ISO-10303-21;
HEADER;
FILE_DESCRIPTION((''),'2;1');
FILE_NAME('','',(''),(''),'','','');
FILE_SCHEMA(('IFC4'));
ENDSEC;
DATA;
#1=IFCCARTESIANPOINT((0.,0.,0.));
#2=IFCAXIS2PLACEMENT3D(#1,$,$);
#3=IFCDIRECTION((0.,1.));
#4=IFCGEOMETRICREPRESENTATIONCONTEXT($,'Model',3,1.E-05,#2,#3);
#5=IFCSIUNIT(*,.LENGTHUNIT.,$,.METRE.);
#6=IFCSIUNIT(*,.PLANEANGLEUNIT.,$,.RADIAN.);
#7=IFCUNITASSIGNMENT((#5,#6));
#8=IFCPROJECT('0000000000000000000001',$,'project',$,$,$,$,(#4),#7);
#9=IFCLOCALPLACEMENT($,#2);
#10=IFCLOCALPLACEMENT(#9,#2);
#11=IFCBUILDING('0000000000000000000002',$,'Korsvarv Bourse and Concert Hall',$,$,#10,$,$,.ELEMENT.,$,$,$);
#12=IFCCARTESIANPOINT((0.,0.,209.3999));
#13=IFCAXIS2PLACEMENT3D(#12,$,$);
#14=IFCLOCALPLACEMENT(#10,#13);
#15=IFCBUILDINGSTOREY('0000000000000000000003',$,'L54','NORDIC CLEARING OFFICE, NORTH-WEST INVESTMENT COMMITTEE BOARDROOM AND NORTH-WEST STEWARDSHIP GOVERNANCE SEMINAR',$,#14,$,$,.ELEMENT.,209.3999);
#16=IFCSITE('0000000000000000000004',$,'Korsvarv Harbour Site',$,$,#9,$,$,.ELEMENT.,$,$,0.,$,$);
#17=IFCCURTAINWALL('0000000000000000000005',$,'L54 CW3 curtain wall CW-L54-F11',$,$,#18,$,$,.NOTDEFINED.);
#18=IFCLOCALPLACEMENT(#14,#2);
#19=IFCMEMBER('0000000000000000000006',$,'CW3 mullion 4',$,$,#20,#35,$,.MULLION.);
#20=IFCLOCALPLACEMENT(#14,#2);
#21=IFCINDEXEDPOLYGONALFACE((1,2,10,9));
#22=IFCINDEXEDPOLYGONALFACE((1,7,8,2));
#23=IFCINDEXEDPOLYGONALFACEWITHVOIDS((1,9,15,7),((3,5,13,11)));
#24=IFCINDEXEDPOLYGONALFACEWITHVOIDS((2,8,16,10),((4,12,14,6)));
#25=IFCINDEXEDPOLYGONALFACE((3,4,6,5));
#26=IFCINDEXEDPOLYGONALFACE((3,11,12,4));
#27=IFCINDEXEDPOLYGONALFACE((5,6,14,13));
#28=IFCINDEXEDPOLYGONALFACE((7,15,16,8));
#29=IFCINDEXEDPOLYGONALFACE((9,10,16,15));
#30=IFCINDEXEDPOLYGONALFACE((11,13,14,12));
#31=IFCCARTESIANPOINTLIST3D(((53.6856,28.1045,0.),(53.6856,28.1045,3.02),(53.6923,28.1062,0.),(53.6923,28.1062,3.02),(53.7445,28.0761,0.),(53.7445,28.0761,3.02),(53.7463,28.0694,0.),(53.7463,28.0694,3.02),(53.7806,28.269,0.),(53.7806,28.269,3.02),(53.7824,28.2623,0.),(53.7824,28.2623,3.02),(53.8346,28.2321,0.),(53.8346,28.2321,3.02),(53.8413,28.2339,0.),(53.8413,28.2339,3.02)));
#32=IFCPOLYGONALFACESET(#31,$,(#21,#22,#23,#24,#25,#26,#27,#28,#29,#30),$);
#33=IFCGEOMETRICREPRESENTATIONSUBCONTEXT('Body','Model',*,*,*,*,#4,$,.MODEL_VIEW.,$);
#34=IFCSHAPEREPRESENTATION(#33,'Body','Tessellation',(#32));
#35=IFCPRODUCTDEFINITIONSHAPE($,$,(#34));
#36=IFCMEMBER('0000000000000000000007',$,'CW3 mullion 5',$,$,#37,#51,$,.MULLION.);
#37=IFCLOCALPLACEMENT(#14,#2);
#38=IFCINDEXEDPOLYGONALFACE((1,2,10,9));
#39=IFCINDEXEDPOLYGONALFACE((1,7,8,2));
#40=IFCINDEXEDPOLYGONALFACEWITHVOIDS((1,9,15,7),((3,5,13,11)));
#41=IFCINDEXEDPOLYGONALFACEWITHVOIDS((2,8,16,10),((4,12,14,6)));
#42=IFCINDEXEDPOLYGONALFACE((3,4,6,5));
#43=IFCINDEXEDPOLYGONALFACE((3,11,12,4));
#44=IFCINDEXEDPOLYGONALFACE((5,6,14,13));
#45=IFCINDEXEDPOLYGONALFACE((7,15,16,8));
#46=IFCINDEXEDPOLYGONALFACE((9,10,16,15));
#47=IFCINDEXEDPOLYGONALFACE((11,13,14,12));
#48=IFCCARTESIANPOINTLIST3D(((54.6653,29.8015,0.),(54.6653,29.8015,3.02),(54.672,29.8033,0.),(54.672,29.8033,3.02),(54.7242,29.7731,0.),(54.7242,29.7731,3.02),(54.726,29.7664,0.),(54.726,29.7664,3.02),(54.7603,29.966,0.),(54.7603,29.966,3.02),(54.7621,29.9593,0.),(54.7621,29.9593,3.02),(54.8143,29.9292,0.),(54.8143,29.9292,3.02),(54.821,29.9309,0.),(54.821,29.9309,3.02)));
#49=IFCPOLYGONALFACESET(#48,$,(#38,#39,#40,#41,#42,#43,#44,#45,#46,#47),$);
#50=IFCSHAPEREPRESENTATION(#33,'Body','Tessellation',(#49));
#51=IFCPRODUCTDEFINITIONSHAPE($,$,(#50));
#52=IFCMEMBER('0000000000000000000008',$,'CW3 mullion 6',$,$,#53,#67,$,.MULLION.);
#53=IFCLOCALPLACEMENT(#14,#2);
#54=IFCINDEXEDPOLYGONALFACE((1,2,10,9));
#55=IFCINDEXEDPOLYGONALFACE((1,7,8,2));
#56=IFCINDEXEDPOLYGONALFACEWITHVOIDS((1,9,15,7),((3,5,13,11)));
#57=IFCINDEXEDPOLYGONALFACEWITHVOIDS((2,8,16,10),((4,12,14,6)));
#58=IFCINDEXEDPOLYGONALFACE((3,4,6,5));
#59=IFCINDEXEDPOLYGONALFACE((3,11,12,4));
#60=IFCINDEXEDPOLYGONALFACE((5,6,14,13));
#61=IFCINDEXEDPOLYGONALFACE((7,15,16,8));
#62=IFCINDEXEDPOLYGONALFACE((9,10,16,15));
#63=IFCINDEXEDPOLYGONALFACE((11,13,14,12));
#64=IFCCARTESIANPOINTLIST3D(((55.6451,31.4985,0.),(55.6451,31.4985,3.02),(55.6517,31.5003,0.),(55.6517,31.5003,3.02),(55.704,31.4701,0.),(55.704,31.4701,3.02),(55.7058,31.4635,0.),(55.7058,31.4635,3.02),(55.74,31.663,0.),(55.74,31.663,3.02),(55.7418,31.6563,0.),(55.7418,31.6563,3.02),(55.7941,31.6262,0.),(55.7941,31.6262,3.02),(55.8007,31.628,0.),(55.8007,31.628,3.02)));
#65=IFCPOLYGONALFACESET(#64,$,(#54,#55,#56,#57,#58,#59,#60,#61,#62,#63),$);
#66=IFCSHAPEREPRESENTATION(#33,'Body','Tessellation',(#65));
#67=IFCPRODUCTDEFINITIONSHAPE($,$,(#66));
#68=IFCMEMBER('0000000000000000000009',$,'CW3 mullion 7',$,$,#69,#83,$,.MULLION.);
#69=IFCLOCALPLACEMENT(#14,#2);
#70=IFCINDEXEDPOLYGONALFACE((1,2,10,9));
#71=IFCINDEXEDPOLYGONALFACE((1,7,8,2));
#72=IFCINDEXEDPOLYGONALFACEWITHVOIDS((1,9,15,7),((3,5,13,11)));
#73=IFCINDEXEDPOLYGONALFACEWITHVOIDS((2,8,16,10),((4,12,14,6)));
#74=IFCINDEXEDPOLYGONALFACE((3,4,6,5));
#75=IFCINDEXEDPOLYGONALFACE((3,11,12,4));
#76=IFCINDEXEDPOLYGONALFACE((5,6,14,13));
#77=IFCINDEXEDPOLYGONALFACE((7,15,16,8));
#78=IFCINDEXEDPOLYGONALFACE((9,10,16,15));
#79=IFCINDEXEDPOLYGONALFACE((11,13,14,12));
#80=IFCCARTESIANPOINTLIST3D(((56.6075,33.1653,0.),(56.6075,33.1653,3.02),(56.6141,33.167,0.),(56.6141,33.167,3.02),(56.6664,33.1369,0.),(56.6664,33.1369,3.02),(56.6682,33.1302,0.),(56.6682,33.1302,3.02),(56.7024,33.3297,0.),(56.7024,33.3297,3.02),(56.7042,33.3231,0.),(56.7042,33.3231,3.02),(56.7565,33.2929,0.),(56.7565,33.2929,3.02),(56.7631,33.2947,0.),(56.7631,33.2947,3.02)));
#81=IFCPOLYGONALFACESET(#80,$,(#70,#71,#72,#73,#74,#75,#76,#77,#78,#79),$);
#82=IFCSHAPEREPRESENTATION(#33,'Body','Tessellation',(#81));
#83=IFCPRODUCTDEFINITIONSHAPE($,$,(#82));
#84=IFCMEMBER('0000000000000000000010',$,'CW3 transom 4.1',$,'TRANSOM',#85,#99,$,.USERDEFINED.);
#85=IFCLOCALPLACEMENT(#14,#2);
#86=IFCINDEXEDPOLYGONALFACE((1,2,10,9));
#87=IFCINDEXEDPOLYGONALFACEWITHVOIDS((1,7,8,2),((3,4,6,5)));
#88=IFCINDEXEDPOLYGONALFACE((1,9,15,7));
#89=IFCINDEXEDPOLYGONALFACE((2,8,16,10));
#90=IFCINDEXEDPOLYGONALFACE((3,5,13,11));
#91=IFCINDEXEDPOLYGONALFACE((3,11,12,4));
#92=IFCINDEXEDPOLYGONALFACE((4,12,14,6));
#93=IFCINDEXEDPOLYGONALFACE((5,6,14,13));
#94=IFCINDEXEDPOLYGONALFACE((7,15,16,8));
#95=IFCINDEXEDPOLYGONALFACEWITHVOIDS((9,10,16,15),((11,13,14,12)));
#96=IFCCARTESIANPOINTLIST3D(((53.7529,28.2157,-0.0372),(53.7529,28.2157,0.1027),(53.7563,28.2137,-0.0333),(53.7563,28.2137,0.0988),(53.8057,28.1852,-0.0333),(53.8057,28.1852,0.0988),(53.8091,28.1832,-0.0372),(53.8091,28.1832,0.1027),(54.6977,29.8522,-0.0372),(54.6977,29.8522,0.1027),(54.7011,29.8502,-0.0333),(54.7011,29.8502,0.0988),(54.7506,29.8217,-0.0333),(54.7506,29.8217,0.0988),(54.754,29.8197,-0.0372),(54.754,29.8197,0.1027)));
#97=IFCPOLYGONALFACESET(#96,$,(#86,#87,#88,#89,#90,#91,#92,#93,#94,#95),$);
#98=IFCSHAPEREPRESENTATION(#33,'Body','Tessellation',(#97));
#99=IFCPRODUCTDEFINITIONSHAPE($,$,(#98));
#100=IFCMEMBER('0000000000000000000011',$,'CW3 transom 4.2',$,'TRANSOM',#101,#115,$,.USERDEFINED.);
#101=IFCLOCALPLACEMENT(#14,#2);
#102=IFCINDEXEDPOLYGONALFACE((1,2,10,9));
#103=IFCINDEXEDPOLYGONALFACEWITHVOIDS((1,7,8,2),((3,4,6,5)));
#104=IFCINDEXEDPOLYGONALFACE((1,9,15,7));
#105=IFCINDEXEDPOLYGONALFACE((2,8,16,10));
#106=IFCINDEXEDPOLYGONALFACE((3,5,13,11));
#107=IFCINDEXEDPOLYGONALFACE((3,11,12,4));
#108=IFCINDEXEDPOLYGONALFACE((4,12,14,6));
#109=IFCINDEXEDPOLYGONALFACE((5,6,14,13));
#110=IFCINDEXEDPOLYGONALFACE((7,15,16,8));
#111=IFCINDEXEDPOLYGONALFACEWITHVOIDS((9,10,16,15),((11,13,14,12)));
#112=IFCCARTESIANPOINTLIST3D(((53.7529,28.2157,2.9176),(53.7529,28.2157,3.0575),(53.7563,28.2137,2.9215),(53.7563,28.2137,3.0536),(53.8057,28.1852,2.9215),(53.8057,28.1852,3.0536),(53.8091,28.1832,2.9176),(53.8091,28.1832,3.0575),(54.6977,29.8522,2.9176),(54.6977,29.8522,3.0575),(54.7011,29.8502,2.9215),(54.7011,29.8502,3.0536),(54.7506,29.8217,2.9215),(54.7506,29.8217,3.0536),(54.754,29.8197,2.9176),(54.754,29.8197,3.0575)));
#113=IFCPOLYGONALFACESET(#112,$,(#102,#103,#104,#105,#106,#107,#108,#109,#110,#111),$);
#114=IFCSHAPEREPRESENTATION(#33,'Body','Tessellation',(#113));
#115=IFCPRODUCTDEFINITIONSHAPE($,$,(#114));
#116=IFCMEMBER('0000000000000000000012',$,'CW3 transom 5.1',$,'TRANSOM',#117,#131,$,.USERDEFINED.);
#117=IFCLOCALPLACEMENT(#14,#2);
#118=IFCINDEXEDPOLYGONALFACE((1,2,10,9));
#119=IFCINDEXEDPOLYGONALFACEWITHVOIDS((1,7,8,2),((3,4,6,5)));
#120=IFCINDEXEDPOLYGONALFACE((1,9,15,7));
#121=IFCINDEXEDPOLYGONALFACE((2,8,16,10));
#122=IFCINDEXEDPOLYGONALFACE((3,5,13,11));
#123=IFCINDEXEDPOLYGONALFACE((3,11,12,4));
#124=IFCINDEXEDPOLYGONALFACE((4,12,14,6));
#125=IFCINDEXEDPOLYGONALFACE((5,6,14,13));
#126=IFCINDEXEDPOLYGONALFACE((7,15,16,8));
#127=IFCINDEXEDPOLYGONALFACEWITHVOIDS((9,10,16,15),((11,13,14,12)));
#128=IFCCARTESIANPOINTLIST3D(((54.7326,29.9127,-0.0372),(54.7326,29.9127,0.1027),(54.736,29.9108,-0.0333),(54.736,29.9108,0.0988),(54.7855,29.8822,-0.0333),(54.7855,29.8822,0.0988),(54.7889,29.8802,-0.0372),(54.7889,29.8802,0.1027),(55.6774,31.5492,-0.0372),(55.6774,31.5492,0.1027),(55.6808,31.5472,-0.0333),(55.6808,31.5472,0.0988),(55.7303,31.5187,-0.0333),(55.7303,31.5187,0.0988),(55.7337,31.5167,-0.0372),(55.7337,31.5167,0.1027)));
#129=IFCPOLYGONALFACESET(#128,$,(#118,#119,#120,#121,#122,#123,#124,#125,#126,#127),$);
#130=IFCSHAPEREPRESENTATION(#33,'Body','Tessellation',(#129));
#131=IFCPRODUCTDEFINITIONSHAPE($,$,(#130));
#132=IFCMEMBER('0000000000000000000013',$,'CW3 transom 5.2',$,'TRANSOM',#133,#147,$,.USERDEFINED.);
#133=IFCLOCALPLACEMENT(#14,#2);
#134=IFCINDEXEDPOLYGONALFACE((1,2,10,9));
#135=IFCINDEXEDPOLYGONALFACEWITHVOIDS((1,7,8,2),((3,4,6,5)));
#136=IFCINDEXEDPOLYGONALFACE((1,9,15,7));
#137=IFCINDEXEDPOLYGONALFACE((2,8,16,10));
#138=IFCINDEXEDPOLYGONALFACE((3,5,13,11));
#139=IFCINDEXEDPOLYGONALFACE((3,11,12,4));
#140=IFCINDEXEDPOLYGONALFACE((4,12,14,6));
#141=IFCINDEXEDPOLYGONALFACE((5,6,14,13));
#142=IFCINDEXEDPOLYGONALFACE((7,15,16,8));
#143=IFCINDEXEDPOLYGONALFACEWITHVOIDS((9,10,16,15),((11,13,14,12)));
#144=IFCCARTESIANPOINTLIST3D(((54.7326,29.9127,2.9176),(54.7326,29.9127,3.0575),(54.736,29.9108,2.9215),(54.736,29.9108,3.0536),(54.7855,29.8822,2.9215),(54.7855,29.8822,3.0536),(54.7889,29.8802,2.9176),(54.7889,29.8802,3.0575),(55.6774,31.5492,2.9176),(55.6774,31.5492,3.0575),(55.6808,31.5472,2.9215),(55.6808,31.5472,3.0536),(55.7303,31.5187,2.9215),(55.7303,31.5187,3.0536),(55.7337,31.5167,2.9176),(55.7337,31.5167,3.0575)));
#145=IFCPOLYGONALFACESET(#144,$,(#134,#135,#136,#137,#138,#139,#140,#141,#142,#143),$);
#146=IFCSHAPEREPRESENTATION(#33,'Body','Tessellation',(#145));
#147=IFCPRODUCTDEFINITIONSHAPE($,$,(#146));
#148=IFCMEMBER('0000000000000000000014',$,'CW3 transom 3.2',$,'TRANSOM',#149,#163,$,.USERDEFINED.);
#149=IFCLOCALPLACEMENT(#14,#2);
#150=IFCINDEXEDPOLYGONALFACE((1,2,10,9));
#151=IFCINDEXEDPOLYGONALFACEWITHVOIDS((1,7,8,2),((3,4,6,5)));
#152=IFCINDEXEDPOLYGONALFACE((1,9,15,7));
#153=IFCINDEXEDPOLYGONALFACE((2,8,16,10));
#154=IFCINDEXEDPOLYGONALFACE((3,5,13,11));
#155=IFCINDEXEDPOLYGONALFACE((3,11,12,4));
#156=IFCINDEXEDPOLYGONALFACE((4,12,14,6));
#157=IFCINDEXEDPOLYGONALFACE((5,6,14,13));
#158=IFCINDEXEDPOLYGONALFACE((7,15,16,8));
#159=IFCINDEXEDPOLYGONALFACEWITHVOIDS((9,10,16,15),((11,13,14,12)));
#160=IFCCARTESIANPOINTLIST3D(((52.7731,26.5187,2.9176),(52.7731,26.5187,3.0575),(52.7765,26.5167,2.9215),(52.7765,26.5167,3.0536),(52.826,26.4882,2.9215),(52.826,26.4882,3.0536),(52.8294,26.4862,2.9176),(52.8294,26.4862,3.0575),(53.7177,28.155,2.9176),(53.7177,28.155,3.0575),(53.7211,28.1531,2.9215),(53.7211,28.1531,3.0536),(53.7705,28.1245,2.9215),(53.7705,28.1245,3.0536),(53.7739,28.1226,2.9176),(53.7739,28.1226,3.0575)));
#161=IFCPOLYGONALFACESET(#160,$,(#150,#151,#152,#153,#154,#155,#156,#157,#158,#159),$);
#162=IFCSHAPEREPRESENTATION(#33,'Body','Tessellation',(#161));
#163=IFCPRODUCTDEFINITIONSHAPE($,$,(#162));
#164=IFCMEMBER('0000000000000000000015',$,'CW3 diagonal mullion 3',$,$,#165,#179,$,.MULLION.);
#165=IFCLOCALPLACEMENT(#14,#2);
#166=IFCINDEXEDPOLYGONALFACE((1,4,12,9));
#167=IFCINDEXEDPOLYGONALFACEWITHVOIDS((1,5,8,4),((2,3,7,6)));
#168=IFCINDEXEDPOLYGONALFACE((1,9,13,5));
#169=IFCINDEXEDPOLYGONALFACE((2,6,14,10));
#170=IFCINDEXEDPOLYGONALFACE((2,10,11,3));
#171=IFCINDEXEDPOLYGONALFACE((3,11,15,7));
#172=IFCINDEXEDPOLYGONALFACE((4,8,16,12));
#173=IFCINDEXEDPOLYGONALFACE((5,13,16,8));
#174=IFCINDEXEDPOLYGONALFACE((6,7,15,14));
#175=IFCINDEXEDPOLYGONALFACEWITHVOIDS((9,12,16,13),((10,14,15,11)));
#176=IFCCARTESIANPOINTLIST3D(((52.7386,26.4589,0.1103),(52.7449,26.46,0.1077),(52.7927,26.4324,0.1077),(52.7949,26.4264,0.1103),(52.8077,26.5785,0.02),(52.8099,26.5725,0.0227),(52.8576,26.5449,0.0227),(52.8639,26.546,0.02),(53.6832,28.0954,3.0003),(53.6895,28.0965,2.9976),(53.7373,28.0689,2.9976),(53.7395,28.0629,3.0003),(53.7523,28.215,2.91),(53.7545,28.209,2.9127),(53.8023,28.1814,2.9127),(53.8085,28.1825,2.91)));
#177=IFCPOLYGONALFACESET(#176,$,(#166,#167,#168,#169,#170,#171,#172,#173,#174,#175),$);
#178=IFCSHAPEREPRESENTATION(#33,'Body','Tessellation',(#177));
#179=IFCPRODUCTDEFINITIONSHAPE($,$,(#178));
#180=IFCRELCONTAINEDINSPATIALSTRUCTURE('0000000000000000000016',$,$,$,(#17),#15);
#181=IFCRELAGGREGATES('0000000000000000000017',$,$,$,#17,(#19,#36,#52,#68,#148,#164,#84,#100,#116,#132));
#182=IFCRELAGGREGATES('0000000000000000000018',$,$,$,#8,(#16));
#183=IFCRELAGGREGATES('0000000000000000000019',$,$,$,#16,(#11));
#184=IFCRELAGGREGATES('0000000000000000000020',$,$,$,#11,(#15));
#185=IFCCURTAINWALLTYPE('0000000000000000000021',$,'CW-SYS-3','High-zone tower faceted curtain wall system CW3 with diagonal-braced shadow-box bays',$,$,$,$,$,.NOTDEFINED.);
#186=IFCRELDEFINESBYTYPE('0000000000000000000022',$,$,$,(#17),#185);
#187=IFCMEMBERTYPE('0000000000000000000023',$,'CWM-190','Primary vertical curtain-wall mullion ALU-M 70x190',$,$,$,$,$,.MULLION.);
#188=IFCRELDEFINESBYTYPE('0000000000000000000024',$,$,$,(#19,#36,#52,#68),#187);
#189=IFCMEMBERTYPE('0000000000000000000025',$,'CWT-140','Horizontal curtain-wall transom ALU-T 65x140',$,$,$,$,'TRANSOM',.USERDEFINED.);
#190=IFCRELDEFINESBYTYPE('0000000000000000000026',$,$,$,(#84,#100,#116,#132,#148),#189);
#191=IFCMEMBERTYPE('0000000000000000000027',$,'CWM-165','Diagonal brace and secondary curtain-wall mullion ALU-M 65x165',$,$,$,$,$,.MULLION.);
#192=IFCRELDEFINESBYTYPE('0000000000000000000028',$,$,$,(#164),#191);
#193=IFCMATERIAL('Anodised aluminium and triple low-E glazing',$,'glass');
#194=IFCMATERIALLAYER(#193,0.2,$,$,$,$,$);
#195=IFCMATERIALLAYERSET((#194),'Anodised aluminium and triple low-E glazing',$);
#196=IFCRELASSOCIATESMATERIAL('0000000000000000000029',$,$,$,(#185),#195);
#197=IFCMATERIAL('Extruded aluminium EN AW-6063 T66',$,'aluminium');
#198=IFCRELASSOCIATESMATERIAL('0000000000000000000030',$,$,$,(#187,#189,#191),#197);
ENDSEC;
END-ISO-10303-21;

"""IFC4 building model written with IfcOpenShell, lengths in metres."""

from ifc_helpers import new_model, si_unit, direction, frame, origin, origin_2d, place, context, subcontext, project, spatial, hollow_rectangle, extrude, source, transform, mapped, material, layer, layer_set, material_profile, profile_set, type_object, element, aggregate, save


model = new_model("IFC4")

# Units and contexts
model_context = context("Model", 3, precision=1e-05, world=origin(), true_north=direction((0.0, 1.0)))
body_context = subcontext(model_context, "Body", "Model", "MODEL_VIEW")
ifc_project = project(units=[si_unit("LENGTHUNIT", "METRE"), si_unit("PLANEANGLEUNIT", "RADIAN")], contexts=[model_context])

# Site, building, storey
site_placement = place(None, origin())
site = spatial("IfcSite", under=ifc_project, at=site_placement, Name="Korsvarv Harbour Site", CompositionType="ELEMENT", RefElevation=0.0)
building_placement = place(site_placement, origin())
building = spatial("IfcBuilding", under=site, at=building_placement, Name="Korsvarv Bourse and Concert Hall", CompositionType="ELEMENT")
storey_placement = place(building_placement, frame((0.0, 0.0, 209.3999)))
storey = spatial("IfcBuildingStorey", under=building, at=storey_placement, Name="L54", Description="NORDIC CLEARING OFFICE, NORTH-WEST INVESTMENT COMMITTEE BOARDROOM AND NORTH-WEST STEWARDSHIP GOVERNANCE SEMINAR", CompositionType="ELEMENT", Elevation=209.3999)

# Curtain wall, members
ifc_material_1 = material(Name="Anodised aluminium and triple low-E glazing", Category="glass")
ifc_layer_1 = layer(ifc_material_1, 0.2)
ifc_layer_set_1 = layer_set([ifc_layer_1], Name="Anodised aluminium and triple low-E glazing")
curtain_wall_type = type_object("IfcCurtainWallType", Name="CW-SYS-3", Description="High-zone tower faceted curtain wall system CW3 with diagonal-braced shadow-box bays", PredefinedType="NOTDEFINED", material=ifc_layer_set_1)
curtain_wall_placement = place(storey_placement, origin())
curtain_wall = element("IfcCurtainWall", 1, at=curtain_wall_placement, inside=storey, type_object=curtain_wall_type, Name="L54 CW3 curtain wall CW-L54-F11", PredefinedType="NOTDEFINED")
ifc_material_2 = material(Name="Extruded aluminium EN AW-6063 T66", Category="aluminium")
ifc_material_profile_1 = material_profile(ifc_material_2, hollow_rectangle(XDim=0.0701, YDim=0.1899, WallThickness=0.0049, at=origin_2d()), Name="ALU-M 70x190")
ifc_profile_set_1 = profile_set([ifc_material_profile_1], Name="Extruded aluminium EN AW-6063 T66")
member_type_1 = type_object("IfcMemberType", Name="CWM-190", Description="Primary vertical curtain-wall mullion ALU-M 70x190", PredefinedType="MULLION", material=ifc_profile_set_1)
shared_shape_1 = source(origin(), body_context, "Body", "SweptSolid", [
    extrude(hollow_rectangle(XDim=0.0701, YDim=0.1899, WallThickness=0.0049, at=origin_2d()), origin(), (0.0, 0.0, 1.0), 3.02),
])
member_1_placement = place(storey_placement, frame((53.7634, 28.1692, 0.0), z_axis=(0.0, 0.0, 1.0), x_axis=(-0.866027, 0.499997, 0.0)))
member_1 = element("IfcMember", 2, at=member_1_placement, type_object=member_type_1, Name="CW3 mullion 4", PredefinedType="MULLION", context=body_context, shape_type="MappedRepresentation", body=[
    mapped(shared_shape_1, transform((0.0, 0.0, 0.0), scale=1.0)),
])
member_2_placement = place(storey_placement, frame((54.7432, 29.8662, 0.0), z_axis=(0.0, 0.0, 1.0), x_axis=(-0.866027, 0.499997, 0.0)))
member_2 = element("IfcMember", 3, at=member_2_placement, type_object=member_type_1, Name="CW3 mullion 5", PredefinedType="MULLION", context=body_context, shape_type="MappedRepresentation", body=[
    mapped(shared_shape_1, transform((0.0, 0.0, 0.0), scale=1.0)),
])
member_3_placement = place(storey_placement, frame((55.7229, 31.5632, 0.0), z_axis=(0.0, 0.0, 1.0), x_axis=(-0.866027, 0.499997, 0.0)))
member_3 = element("IfcMember", 4, at=member_3_placement, type_object=member_type_1, Name="CW3 mullion 6", PredefinedType="MULLION", context=body_context, shape_type="MappedRepresentation", body=[
    mapped(shared_shape_1, transform((0.0, 0.0, 0.0), scale=1.0)),
])
member_4_placement = place(storey_placement, frame((56.6853, 33.23, 0.0), z_axis=(0.0, 0.0, 1.0), x_axis=(-0.866027, 0.499997, 0.0)))
member_4 = element("IfcMember", 5, at=member_4_placement, type_object=member_type_1, Name="CW3 mullion 7", PredefinedType="MULLION", context=body_context, shape_type="MappedRepresentation", body=[
    mapped(shared_shape_1, transform((0.0, 0.0, 0.0), scale=1.0)),
])
ifc_material_profile_2 = material_profile(ifc_material_2, hollow_rectangle(XDim=0.0649, YDim=0.1399, WallThickness=0.0039, at=origin_2d()), Name="ALU-T 65x140")
ifc_profile_set_2 = profile_set([ifc_material_profile_2], Name="Extruded aluminium EN AW-6063 T66")
member_type_2 = type_object("IfcMemberType", Name="CWT-140", Description="Horizontal curtain-wall transom ALU-T 65x140", ElementType="TRANSOM", PredefinedType="USERDEFINED", material=ifc_profile_set_2)
shared_shape_2 = source(origin(), body_context, "Body", "SweptSolid", [
    extrude(hollow_rectangle(XDim=0.0649, YDim=0.1399, WallThickness=0.0039, at=origin_2d()), origin(), (0.0, 0.0, 1.0), 1.8896),
])
member_5_placement = place(storey_placement, frame((53.781, 28.1995, 0.0327), z_axis=(0.500002, 0.866024, 0.0), x_axis=(-0.866024, 0.500002, 0.0)))
member_5 = element("IfcMember", 6, at=member_5_placement, type_object=member_type_2, Name="CW3 transom 4.1", ObjectType="TRANSOM", PredefinedType="USERDEFINED", context=body_context, shape_type="MappedRepresentation", body=[
    mapped(shared_shape_2, transform((0.0, 0.0, 0.0), scale=1.0)),
])
member_6_placement = place(storey_placement, frame((53.781, 28.1995, 2.9875), z_axis=(0.500002, 0.866024, 0.0), x_axis=(-0.866024, 0.500002, 0.0)))
member_6 = element("IfcMember", 7, at=member_6_placement, type_object=member_type_2, Name="CW3 transom 4.2", ObjectType="TRANSOM", PredefinedType="USERDEFINED", context=body_context, shape_type="MappedRepresentation", body=[
    mapped(shared_shape_2, transform((0.0, 0.0, 0.0), scale=1.0)),
])
member_7_placement = place(storey_placement, frame((54.7607, 29.8965, 0.0327), z_axis=(0.500002, 0.866024, 0.0), x_axis=(-0.866024, 0.500002, 0.0)))
member_7 = element("IfcMember", 8, at=member_7_placement, type_object=member_type_2, Name="CW3 transom 5.1", ObjectType="TRANSOM", PredefinedType="USERDEFINED", context=body_context, shape_type="MappedRepresentation", body=[
    mapped(shared_shape_2, transform((0.0, 0.0, 0.0), scale=1.0)),
])
member_8_placement = place(storey_placement, frame((54.7607, 29.8965, 2.9875), z_axis=(0.500002, 0.866024, 0.0), x_axis=(-0.866024, 0.500002, 0.0)))
member_8 = element("IfcMember", 9, at=member_8_placement, type_object=member_type_2, Name="CW3 transom 5.2", ObjectType="TRANSOM", PredefinedType="USERDEFINED", context=body_context, shape_type="MappedRepresentation", body=[
    mapped(shared_shape_2, transform((0.0, 0.0, 0.0), scale=1.0)),
])
shared_shape_3 = source(origin(), body_context, "Body", "SweptSolid", [
    extrude(hollow_rectangle(XDim=0.0649, YDim=0.1399, WallThickness=0.0039, at=origin_2d()), origin(), (0.0, 0.0, 1.0), 1.8894),
])
member_9_placement = place(storey_placement, frame((52.8013, 26.5024, 2.9875), z_axis=(0.499905, 0.86608, 0.0), x_axis=(-0.86608, 0.499905, 0.0)))
member_9 = element("IfcMember", 10, at=member_9_placement, type_object=member_type_2, Name="CW3 transom 3.2", ObjectType="TRANSOM", PredefinedType="USERDEFINED", context=body_context, shape_type="MappedRepresentation", body=[
    mapped(shared_shape_3, transform((0.0, 0.0, 0.0), scale=1.0)),
])
ifc_material_profile_3 = material_profile(ifc_material_2, hollow_rectangle(XDim=0.0649, YDim=0.165, WallThickness=0.0049, at=origin_2d()), Name="ALU-M 65x165")
ifc_profile_set_3 = profile_set([ifc_material_profile_3], Name="Extruded aluminium EN AW-6063 T66")
member_type_3 = type_object("IfcMemberType", Name="CWM-165", Description="Diagonal brace and secondary curtain-wall mullion ALU-M 65x165", PredefinedType="MULLION", material=ifc_profile_set_3)
shared_shape_4 = source(origin(), body_context, "Body", "SweptSolid", [
    extrude(hollow_rectangle(XDim=0.0649, YDim=0.165, WallThickness=0.0049, at=origin_2d()), origin(), (0.0, 0.0, 1.0), 3.4529),
])
member_10_placement = place(storey_placement, frame((52.8013, 26.5024, 0.0652), z_axis=(0.27357, 0.473957, 0.836973), x_axis=(-0.86608, 0.499905, 0.0)))
member_10 = element("IfcMember", 11, at=member_10_placement, type_object=member_type_3, Name="CW3 diagonal mullion 3", PredefinedType="MULLION", context=body_context, shape_type="MappedRepresentation", body=[
    mapped(shared_shape_4, transform((0.0, 0.0, 0.0), scale=1.0)),
])
aggregate(curtain_wall, [member_1, member_2, member_3, member_4, member_9, member_10, member_5, member_6, member_7, member_8])

save(model, "model.ifc")
